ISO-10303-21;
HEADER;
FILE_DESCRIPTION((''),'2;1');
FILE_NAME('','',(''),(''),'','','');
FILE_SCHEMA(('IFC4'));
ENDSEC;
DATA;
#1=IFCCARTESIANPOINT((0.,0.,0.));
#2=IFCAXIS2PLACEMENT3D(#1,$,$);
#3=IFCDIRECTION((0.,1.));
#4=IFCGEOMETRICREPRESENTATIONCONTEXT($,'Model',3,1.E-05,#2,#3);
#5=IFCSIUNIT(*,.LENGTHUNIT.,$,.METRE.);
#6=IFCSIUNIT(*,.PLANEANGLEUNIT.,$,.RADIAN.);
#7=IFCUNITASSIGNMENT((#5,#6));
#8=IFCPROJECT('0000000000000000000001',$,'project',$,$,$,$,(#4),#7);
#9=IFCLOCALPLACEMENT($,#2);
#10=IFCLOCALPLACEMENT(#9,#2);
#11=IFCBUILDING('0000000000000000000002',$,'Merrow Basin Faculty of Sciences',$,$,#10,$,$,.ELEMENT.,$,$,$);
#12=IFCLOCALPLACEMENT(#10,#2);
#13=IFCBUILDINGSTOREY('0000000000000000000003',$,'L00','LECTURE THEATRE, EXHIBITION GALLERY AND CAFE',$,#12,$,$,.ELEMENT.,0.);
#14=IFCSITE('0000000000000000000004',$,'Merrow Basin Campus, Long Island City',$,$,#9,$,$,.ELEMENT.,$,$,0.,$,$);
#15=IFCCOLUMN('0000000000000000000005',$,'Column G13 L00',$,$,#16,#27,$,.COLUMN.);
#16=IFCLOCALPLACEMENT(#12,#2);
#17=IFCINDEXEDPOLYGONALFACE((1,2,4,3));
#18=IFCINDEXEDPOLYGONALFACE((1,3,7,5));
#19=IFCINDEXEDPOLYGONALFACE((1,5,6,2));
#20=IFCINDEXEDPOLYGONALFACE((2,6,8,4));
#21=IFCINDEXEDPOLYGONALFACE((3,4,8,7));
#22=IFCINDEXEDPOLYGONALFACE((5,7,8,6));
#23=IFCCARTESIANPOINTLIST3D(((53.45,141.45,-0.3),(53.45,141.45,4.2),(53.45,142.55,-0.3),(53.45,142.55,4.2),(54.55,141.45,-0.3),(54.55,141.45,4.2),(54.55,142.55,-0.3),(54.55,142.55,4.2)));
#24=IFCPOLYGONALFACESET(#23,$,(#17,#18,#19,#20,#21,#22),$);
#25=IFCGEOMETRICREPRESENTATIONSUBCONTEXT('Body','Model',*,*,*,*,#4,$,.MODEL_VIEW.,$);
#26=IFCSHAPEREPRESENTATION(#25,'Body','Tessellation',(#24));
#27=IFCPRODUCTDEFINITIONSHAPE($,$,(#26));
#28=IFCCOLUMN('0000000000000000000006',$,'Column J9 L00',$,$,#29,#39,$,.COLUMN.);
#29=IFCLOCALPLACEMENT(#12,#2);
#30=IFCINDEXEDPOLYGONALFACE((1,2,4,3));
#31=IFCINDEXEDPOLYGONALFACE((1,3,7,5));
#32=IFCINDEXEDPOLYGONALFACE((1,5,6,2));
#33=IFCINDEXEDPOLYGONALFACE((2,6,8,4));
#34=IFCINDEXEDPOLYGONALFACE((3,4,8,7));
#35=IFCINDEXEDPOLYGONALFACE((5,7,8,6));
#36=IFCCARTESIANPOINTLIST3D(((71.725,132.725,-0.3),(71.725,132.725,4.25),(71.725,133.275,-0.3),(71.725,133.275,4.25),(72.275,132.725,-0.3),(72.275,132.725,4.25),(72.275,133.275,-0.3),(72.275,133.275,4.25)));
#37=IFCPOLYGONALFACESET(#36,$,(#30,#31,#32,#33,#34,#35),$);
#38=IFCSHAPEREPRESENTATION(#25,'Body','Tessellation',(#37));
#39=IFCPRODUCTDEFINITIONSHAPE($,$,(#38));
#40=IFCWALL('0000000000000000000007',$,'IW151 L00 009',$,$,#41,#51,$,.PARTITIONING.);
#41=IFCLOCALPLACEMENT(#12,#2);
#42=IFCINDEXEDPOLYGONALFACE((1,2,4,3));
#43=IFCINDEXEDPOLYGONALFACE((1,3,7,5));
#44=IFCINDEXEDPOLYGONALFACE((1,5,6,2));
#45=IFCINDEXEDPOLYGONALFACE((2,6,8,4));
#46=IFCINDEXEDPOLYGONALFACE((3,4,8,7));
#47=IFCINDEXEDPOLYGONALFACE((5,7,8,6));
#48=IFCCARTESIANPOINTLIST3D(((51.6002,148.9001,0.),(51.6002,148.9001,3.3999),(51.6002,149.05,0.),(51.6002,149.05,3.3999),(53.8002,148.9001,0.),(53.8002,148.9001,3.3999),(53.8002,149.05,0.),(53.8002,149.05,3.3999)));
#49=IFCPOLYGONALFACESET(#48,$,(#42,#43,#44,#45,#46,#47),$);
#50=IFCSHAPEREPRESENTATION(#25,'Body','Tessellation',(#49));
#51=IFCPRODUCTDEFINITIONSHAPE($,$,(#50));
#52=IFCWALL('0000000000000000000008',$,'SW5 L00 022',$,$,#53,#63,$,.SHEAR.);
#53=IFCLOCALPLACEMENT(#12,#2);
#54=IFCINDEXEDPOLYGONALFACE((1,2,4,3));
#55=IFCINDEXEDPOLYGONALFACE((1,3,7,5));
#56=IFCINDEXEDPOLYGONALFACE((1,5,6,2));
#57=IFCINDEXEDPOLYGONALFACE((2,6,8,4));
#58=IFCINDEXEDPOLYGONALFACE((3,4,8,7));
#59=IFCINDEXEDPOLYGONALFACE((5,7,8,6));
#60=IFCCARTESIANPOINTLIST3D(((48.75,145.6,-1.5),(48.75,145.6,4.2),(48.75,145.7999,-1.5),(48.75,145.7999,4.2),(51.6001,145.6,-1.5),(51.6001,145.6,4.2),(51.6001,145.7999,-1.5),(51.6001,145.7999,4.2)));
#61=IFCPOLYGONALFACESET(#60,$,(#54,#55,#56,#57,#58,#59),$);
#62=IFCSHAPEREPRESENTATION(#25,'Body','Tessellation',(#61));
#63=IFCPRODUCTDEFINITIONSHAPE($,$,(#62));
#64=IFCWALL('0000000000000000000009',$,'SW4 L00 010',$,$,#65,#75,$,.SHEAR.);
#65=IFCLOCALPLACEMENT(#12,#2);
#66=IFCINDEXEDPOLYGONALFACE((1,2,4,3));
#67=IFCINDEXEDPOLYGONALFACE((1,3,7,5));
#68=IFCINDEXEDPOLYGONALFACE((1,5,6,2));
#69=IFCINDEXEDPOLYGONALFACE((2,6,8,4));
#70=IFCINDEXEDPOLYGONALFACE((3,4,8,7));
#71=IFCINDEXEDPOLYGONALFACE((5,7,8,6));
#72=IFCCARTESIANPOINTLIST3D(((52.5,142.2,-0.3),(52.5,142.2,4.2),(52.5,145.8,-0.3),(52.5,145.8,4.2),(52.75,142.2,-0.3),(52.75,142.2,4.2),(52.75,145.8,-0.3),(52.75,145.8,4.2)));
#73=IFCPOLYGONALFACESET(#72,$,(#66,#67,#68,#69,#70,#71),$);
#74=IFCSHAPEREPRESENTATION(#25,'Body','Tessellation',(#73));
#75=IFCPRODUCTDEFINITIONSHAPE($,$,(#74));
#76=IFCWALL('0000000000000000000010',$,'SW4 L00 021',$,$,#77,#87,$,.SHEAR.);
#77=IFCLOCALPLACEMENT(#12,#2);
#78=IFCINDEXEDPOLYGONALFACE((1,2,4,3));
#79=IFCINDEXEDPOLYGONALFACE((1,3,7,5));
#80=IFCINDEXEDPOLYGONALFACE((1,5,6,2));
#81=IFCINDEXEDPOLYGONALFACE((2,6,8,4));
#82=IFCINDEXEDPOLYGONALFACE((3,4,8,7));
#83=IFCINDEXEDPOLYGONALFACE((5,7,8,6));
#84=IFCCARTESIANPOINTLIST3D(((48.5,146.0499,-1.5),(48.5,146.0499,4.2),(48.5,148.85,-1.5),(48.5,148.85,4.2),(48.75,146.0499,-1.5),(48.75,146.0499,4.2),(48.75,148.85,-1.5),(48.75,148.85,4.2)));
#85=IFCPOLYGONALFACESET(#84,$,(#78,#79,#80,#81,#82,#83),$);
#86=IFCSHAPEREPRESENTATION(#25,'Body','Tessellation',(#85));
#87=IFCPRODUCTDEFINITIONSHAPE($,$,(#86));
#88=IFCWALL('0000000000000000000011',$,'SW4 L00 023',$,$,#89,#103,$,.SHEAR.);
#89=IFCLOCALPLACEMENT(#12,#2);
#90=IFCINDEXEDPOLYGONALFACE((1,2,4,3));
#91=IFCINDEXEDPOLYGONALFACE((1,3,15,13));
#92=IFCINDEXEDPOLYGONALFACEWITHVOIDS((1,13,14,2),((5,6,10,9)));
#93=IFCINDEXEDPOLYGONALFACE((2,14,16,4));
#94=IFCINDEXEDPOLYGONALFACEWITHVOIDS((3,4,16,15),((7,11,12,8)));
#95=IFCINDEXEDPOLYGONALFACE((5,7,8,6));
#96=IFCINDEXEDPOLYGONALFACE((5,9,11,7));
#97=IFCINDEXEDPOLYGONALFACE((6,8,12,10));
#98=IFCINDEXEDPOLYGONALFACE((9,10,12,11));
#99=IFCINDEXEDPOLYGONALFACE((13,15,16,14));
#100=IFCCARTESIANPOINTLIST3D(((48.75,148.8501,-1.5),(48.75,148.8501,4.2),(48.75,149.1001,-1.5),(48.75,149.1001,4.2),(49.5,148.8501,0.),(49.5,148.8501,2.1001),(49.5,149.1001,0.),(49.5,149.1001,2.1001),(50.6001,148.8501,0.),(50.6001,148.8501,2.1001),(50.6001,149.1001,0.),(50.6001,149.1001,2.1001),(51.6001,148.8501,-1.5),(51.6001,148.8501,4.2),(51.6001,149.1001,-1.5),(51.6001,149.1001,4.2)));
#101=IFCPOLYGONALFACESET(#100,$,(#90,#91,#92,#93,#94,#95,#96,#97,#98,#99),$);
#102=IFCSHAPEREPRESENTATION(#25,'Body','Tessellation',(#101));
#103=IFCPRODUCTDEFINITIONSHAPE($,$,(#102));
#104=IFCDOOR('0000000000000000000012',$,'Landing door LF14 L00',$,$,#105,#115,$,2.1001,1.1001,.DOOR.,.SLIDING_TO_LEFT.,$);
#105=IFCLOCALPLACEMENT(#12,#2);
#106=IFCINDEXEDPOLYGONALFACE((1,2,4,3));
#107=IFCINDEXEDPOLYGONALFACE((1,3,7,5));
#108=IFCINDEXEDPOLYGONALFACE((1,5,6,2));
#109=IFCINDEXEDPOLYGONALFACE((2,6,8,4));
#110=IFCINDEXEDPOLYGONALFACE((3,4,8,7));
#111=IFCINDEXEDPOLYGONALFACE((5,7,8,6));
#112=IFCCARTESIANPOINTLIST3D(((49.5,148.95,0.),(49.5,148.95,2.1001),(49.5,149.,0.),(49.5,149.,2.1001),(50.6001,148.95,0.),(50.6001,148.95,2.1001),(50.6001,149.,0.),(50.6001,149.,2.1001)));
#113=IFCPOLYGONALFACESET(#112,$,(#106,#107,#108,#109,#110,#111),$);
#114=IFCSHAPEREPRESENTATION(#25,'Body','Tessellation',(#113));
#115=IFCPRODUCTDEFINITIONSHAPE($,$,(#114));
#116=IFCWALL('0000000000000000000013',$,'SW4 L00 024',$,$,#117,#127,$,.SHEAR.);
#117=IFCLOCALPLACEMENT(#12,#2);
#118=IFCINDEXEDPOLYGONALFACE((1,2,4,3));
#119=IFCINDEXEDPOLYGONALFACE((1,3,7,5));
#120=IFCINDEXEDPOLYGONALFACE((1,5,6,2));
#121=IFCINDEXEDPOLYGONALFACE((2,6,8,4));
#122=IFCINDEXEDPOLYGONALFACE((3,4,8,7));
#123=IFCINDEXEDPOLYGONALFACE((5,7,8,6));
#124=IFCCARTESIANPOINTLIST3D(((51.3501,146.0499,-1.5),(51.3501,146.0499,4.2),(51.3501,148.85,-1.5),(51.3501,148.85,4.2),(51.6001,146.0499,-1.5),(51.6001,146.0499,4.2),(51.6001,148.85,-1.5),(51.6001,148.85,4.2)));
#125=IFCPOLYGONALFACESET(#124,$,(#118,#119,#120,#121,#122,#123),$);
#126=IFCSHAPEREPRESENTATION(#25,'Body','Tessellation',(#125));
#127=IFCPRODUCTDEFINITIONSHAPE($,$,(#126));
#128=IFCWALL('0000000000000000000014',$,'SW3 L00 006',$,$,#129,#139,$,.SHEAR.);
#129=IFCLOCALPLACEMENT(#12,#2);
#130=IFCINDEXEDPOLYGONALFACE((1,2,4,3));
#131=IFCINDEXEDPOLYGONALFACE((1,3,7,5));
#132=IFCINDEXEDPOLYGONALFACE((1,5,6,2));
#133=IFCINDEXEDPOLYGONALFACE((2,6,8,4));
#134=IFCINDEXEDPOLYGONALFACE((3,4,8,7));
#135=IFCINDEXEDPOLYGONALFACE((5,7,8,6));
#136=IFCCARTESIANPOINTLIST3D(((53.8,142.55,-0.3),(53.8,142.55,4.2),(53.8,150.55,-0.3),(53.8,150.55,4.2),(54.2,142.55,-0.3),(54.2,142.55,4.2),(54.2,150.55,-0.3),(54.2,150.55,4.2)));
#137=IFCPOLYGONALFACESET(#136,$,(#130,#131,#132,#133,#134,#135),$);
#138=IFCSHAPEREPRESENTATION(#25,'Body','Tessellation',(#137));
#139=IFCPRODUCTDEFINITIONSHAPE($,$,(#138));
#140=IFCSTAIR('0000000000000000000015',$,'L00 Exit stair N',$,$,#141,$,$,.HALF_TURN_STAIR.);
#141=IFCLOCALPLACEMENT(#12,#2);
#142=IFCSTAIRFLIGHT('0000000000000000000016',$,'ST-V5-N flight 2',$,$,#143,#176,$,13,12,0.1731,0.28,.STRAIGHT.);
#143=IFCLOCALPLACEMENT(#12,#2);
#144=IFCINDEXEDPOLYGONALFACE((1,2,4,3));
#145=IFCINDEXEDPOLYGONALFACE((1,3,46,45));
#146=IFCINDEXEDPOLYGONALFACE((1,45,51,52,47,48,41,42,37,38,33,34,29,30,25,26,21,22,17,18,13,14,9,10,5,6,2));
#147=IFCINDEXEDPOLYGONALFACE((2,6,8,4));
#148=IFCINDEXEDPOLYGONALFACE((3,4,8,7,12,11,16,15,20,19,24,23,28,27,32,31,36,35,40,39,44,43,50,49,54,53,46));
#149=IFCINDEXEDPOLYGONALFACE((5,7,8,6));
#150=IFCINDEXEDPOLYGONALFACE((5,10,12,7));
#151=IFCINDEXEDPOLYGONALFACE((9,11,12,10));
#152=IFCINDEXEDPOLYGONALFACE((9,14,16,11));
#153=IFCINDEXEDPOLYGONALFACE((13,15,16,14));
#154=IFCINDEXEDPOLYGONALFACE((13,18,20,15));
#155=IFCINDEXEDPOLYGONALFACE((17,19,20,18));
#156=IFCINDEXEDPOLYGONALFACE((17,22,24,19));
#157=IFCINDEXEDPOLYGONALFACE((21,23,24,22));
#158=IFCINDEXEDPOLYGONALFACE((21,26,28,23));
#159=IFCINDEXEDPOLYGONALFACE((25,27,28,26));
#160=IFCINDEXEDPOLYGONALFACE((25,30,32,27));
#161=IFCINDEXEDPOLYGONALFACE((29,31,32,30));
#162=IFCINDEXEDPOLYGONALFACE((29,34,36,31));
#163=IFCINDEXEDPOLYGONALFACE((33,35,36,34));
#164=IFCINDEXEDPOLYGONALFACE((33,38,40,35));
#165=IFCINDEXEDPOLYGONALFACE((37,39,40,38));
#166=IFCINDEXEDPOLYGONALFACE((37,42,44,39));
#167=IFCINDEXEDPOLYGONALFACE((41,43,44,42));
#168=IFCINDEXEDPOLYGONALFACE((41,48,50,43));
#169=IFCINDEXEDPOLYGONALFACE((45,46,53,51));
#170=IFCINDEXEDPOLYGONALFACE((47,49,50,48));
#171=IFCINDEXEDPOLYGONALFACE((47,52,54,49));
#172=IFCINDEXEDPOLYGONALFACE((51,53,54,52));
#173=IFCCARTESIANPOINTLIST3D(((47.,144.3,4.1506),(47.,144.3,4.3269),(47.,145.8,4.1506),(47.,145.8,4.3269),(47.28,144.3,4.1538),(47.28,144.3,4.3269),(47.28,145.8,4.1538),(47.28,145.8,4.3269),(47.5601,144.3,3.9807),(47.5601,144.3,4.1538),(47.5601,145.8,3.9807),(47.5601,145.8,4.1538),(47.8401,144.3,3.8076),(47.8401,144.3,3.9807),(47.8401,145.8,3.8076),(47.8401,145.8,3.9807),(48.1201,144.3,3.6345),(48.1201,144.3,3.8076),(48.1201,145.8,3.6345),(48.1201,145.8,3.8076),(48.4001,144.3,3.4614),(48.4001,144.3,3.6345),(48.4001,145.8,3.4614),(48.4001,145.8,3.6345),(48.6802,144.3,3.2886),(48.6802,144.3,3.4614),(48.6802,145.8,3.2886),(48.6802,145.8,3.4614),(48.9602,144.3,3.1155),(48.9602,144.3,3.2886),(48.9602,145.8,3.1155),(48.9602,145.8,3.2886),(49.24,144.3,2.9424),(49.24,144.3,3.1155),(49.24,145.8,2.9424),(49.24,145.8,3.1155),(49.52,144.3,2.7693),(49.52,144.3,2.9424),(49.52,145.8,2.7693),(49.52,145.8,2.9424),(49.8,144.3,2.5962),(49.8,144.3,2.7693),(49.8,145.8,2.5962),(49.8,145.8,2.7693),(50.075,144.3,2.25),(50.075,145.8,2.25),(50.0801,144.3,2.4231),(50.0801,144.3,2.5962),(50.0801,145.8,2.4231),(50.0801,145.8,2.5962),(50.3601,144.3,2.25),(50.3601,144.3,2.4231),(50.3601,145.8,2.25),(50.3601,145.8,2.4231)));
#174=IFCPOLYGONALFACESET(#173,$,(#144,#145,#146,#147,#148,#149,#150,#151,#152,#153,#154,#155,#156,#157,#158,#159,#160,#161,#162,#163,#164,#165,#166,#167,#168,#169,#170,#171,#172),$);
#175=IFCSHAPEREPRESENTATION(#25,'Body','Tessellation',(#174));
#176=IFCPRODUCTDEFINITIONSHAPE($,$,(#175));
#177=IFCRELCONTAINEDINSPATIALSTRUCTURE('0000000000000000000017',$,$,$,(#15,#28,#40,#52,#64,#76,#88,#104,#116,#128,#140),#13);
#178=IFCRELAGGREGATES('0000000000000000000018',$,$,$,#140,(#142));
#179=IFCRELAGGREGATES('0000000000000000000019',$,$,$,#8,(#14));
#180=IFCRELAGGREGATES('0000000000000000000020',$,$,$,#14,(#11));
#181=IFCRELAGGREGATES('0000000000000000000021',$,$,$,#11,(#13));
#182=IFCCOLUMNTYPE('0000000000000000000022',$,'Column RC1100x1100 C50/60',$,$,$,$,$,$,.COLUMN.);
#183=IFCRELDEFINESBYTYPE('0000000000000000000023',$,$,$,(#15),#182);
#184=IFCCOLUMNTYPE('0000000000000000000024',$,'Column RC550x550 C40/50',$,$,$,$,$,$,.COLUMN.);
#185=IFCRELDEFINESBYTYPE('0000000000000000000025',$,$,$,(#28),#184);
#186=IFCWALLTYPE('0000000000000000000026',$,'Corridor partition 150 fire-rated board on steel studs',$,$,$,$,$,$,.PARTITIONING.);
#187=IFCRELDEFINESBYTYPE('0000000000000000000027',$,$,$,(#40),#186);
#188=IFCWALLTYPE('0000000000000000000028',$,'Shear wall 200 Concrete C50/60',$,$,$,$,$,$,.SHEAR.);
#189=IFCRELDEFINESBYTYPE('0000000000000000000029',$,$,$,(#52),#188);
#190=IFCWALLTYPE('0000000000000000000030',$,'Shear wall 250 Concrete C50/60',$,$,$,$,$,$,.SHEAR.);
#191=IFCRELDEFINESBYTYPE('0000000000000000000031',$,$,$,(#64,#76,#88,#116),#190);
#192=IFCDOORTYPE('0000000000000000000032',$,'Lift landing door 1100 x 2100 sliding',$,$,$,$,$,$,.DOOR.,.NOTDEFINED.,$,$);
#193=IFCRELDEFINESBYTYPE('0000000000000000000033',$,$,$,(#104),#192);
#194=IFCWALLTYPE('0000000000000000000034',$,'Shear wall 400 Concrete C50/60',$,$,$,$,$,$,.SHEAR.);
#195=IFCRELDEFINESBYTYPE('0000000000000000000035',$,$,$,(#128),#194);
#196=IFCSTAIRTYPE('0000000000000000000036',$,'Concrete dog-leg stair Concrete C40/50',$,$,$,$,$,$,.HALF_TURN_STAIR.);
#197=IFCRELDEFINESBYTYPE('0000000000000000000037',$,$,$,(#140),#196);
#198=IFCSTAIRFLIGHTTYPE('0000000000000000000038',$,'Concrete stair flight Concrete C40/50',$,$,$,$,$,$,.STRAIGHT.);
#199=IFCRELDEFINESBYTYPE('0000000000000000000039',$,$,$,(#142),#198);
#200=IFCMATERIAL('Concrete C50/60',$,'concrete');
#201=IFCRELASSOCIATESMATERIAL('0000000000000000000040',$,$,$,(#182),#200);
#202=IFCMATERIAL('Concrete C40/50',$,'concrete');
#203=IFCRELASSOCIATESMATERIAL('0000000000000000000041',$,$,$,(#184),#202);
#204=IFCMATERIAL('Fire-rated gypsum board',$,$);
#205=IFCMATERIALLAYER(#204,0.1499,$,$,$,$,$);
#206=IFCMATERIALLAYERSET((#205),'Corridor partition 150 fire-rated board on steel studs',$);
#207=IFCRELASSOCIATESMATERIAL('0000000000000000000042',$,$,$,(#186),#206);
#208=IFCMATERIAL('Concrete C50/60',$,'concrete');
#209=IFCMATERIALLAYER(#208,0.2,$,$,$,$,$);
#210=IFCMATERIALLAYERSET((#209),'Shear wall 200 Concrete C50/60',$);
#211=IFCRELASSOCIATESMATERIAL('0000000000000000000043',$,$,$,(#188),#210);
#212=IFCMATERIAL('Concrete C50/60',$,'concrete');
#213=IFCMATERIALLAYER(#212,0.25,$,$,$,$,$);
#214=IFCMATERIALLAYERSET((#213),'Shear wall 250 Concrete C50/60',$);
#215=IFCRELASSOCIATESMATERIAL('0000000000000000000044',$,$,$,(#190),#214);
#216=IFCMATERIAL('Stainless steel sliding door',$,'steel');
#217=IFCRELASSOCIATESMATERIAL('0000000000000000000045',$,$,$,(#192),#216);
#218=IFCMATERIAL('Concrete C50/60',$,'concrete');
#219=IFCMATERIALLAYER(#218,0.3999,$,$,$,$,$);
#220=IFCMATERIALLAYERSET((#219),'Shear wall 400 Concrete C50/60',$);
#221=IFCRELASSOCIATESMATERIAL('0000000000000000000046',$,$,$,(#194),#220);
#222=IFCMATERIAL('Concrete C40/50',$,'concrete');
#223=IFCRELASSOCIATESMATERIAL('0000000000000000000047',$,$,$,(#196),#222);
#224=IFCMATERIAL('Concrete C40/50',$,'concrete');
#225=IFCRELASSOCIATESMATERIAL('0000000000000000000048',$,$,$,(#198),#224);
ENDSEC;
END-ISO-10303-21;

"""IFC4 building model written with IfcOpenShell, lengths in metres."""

from ifc_helpers import new_model, si_unit, direction, frame, frame_2d, origin, origin_2d, place, context, subcontext, project, spatial, polyline, rectangle, outline, extrude, material, layer, layer_set, material_profile, profile_set, type_object, element, fill, aggregate, save


model = new_model("IFC4")

# Units and contexts
model_context = context("Model", 3, precision=1e-05, world=origin(), true_north=direction((0.0, 1.0)))
body_context = subcontext(model_context, "Body", "Model", "MODEL_VIEW")
ifc_project = project(units=[si_unit("LENGTHUNIT", "METRE"), si_unit("PLANEANGLEUNIT", "RADIAN")], contexts=[model_context])

# Site, building, storey
site_placement = place(None, origin())
site = spatial("IfcSite", under=ifc_project, at=site_placement, Name="Merrow Basin Campus, Long Island City", CompositionType="ELEMENT", RefElevation=0.0)
building_placement = place(site_placement, origin())
building = spatial("IfcBuilding", under=site, at=building_placement, Name="Merrow Basin Faculty of Sciences", CompositionType="ELEMENT")
storey_placement = place(building_placement, origin())
storey = spatial("IfcBuildingStorey", under=building, at=storey_placement, Name="L00", Description="LECTURE THEATRE, EXHIBITION GALLERY AND CAFE", CompositionType="ELEMENT", Elevation=0.0)

# Columns
ifc_material_1 = material(Name="Concrete C50/60", Category="concrete")
ifc_material_profile_1 = material_profile(ifc_material_1, rectangle(XDim=1.1001, YDim=1.1001, at=origin_2d()))
ifc_profile_set_1 = profile_set([ifc_material_profile_1], Name="Concrete C50/60")
column_type_1 = type_object("IfcColumnType", Name="Column RC1100x1100 C50/60", PredefinedType="COLUMN", material=ifc_profile_set_1)
column_1_placement = place(storey_placement, frame((54.0, 142.0, -0.3), z_axis=(0.0, 0.0, 1.0), x_axis=(1.0, 0.0, 0.0)))
element("IfcColumn", 1, at=column_1_placement, inside=storey, type_object=column_type_1, Name="Column G13 L00", PredefinedType="COLUMN", context=body_context, shape_type="SweptSolid", body=[
    extrude(rectangle(XDim=1.1001, YDim=1.1001, at=origin_2d()), origin(), (0.0, 0.0, 1.0), 4.5),
])
ifc_material_2 = material(Name="Concrete C40/50", Category="concrete")
ifc_material_profile_2 = material_profile(ifc_material_2, rectangle(XDim=0.55, YDim=0.55, at=origin_2d()))
ifc_profile_set_2 = profile_set([ifc_material_profile_2], Name="Concrete C40/50")
column_type_2 = type_object("IfcColumnType", Name="Column RC550x550 C40/50", PredefinedType="COLUMN", material=ifc_profile_set_2)
column_2_placement = place(storey_placement, frame((72.0, 133.0, -0.3), z_axis=(0.0, 0.0, 1.0), x_axis=(1.0, 0.0, 0.0)))
element("IfcColumn", 2, at=column_2_placement, inside=storey, type_object=column_type_2, Name="Column J9 L00", PredefinedType="COLUMN", context=body_context, shape_type="SweptSolid", body=[
    extrude(rectangle(XDim=0.55, YDim=0.55, at=origin_2d()), origin(), (0.0, 0.0, 1.0), 4.55),
])

# Walls
ifc_material_3 = material(Name="Fire-rated gypsum board")
ifc_layer_1 = layer(ifc_material_3, 0.1499)
ifc_layer_set_1 = layer_set([ifc_layer_1], Name="Corridor partition 150 fire-rated board on steel studs")
wall_type_1 = type_object("IfcWallType", Name="Corridor partition 150 fire-rated board on steel studs", PredefinedType="PARTITIONING", material=ifc_layer_set_1)
wall_1_placement = place(storey_placement, frame((51.6001, 148.9751, 0.0), z_axis=(0.0, 0.0, 1.0), x_axis=(1.0, 0.0, 0.0)))
element("IfcWall", 3, at=wall_1_placement, inside=storey, type_object=wall_type_1, Name="IW151 L00 009", PredefinedType="PARTITIONING", context=body_context, shape_type="SweptSolid", body=[
    extrude(rectangle(XDim=2.2, YDim=0.1499, at=frame_2d((1.1001, 0.0))), origin(), (0.0, 0.0, 1.0), 3.3999),
])
ifc_material_4 = material(Name="Concrete C50/60", Category="concrete")
ifc_layer_2 = layer(ifc_material_4, 0.2)
ifc_layer_set_2 = layer_set([ifc_layer_2], Name="Shear wall 200 Concrete C50/60")
wall_type_2 = type_object("IfcWallType", Name="Shear wall 200 Concrete C50/60", PredefinedType="SHEAR", material=ifc_layer_set_2)
wall_2_placement = place(storey_placement, frame((48.75, 145.7, -1.5), z_axis=(0.0, 0.0, 1.0), x_axis=(1.0, 0.0, 0.0)))
element("IfcWall", 4, at=wall_2_placement, inside=storey, type_object=wall_type_2, Name="SW5 L00 022", PredefinedType="SHEAR", context=body_context, shape_type="SweptSolid", body=[
    extrude(rectangle(XDim=2.8501, YDim=0.2, at=frame_2d((1.425, 0.0))), origin(), (0.0, 0.0, 1.0), 5.7),
])
ifc_material_5 = material(Name="Concrete C50/60", Category="concrete")
ifc_layer_3 = layer(ifc_material_5, 0.25)
ifc_layer_set_3 = layer_set([ifc_layer_3], Name="Shear wall 250 Concrete C50/60")
wall_type_3 = type_object("IfcWallType", Name="Shear wall 250 Concrete C50/60", PredefinedType="SHEAR", material=ifc_layer_set_3)
wall_3_placement = place(storey_placement, frame((52.625, 142.2, -0.3), z_axis=(0.0, 0.0, 1.0), x_axis=(0.0, 1.0, 0.0)))
element("IfcWall", 5, at=wall_3_placement, inside=storey, type_object=wall_type_3, Name="SW4 L00 010", PredefinedType="SHEAR", context=body_context, shape_type="SweptSolid", body=[
    extrude(rectangle(XDim=3.6001, YDim=0.25, at=frame_2d((1.8, 0.0))), origin(), (0.0, 0.0, 1.0), 4.5),
])
wall_4_placement = place(storey_placement, frame((48.625, 146.05, -1.5), z_axis=(0.0, 0.0, 1.0), x_axis=(0.0, 1.0, 0.0)))
element("IfcWall", 6, at=wall_4_placement, inside=storey, type_object=wall_type_3, Name="SW4 L00 021", PredefinedType="SHEAR", context=body_context, shape_type="SweptSolid", body=[
    extrude(rectangle(XDim=2.8, YDim=0.25, at=frame_2d((1.3999, 0.0))), origin(), (0.0, 0.0, 1.0), 5.7),
])

# Wall, opening, door
wall_5_placement = place(storey_placement, frame((48.75, 148.9751, -1.5), z_axis=(0.0, 0.0, 1.0), x_axis=(1.0, 0.0, 0.0)))
wall_5 = element("IfcWall", 7, at=wall_5_placement, inside=storey, type_object=wall_type_3, Name="SW4 L00 023", PredefinedType="SHEAR", context=body_context, shape_type="SweptSolid", body=[
    extrude(rectangle(XDim=2.8501, YDim=0.25, at=frame_2d((1.425, 0.0))), origin(), (0.0, 0.0, 1.0), 5.7),
])
opening_placement = place(wall_5_placement, frame((0.75, 0.0, 1.5)))
opening = element("IfcOpeningElement", 8, at=opening_placement, cuts=wall_5, PredefinedType="OPENING", context=body_context, shape_type="SweptSolid", body=[
    extrude(rectangle(XDim=1.1001, YDim=2.1001, at=frame_2d((0.55, 1.05))), frame((0.0, 0.135, 0.0), z_axis=(0.0, -1.0, 0.0), x_axis=(1.0, 0.0, 0.0)), (0.0, 0.0, 1.0), 0.27),
])
ifc_material_6 = material(Name="Stainless steel sliding door", Category="steel")
door_type = type_object("IfcDoorType", Name="Lift landing door 1100 x 2100 sliding", OperationType="NOTDEFINED", PredefinedType="DOOR", material=ifc_material_6)
door_placement = place(opening_placement, origin())
door = element("IfcDoor", 9, at=door_placement, inside=storey, type_object=door_type, Name="Landing door LF14 L00", OperationType="SLIDING_TO_LEFT", OverallHeight=2.1001, OverallWidth=1.1001, PredefinedType="DOOR", context=body_context, shape_type="SweptSolid", body=[
    extrude(rectangle(XDim=1.1001, YDim=2.1001, at=frame_2d((0.55, 1.05))), frame((0.0, 0.0249, 0.0), z_axis=(0.0, -1.0, 0.0), x_axis=(1.0, 0.0, 0.0)), (0.0, 0.0, 1.0), 0.05),
])
fill(opening, door)

# Walls
wall_6_placement = place(storey_placement, frame((51.4751, 146.05, -1.5), z_axis=(0.0, 0.0, 1.0), x_axis=(0.0, 1.0, 0.0)))
element("IfcWall", 10, at=wall_6_placement, inside=storey, type_object=wall_type_3, Name="SW4 L00 024", PredefinedType="SHEAR", context=body_context, shape_type="SweptSolid", body=[
    extrude(rectangle(XDim=2.8, YDim=0.25, at=frame_2d((1.3999, 0.0))), origin(), (0.0, 0.0, 1.0), 5.7),
])
ifc_material_7 = material(Name="Concrete C50/60", Category="concrete")
ifc_layer_4 = layer(ifc_material_7, 0.3999)
ifc_layer_set_4 = layer_set([ifc_layer_4], Name="Shear wall 400 Concrete C50/60")
wall_type_4 = type_object("IfcWallType", Name="Shear wall 400 Concrete C50/60", PredefinedType="SHEAR", material=ifc_layer_set_4)
wall_7_placement = place(storey_placement, frame((54.0, 142.55, -0.3), z_axis=(0.0, 0.0, 1.0), x_axis=(0.0, 1.0, 0.0)))
element("IfcWall", 11, at=wall_7_placement, inside=storey, type_object=wall_type_4, Name="SW3 L00 006", PredefinedType="SHEAR", context=body_context, shape_type="SweptSolid", body=[
    extrude(rectangle(XDim=8.0, YDim=0.3999, at=frame_2d((4.0, 0.0))), origin(), (0.0, 0.0, 1.0), 4.5),
])

# Stair, stair flight
ifc_material_8 = material(Name="Concrete C40/50", Category="concrete")
stair_type = type_object("IfcStairType", Name="Concrete dog-leg stair Concrete C40/50", PredefinedType="HALF_TURN_STAIR", material=ifc_material_8)
stair_placement = place(storey_placement, origin())
stair = element("IfcStair", 12, at=stair_placement, inside=storey, type_object=stair_type, Name="L00 Exit stair N", PredefinedType="HALF_TURN_STAIR")
ifc_material_9 = material(Name="Concrete C40/50", Category="concrete")
stair_flight_type = type_object("IfcStairFlightType", Name="Concrete stair flight Concrete C40/50", PredefinedType="STRAIGHT", material=ifc_material_9)
stair_flight_placement = place(storey_placement, frame((50.3601, 145.05, 2.25), z_axis=(0.0, 0.0, 1.0), x_axis=(-1.0, 0.0, 0.0)))
stair_flight = element("IfcStairFlight", 13, at=stair_flight_placement, type_object=stair_flight_type, Name="ST-V5-N flight 2", NumberOfRisers=13, NumberOfTreads=12, PredefinedType="STRAIGHT", RiserHeight=0.1731, TreadLength=0.28, context=body_context, shape_type="SweptSolid", body=[
    extrude(outline(polyline([(0.0, 0.0), (0.0, 0.1731), (0.28, 0.1731), (0.28, 0.3462), (0.5601, 0.3462), (0.5601, 0.5193), (0.8401, 0.5193), (0.8401, 0.6924), (1.1201, 0.6924), (1.1201, 0.8655), (1.3999, 0.8655), (1.3999, 1.0386), (1.6799, 1.0386), (1.6799, 1.2114), (1.96, 1.2114), (1.96, 1.3845), (2.24, 1.3845), (2.24, 1.5576), (2.52, 1.5576), (2.52, 1.7307), (2.8, 1.7307), (2.8, 1.9038), (3.0801, 1.9038), (3.0801, 2.0769), (3.3601, 2.0769), (3.3601, 2.25), (3.3601, 1.9006), (0.2852, 0.0), (0.0, 0.0)])), frame((0.0, 0.75, 0.0), z_axis=(0.0, -1.0, 0.0), x_axis=(1.0, 0.0, 0.0)), (0.0, 0.0, 1.0), 1.5),
])
aggregate(stair, [stair_flight])

save(model, "model.ifc")
